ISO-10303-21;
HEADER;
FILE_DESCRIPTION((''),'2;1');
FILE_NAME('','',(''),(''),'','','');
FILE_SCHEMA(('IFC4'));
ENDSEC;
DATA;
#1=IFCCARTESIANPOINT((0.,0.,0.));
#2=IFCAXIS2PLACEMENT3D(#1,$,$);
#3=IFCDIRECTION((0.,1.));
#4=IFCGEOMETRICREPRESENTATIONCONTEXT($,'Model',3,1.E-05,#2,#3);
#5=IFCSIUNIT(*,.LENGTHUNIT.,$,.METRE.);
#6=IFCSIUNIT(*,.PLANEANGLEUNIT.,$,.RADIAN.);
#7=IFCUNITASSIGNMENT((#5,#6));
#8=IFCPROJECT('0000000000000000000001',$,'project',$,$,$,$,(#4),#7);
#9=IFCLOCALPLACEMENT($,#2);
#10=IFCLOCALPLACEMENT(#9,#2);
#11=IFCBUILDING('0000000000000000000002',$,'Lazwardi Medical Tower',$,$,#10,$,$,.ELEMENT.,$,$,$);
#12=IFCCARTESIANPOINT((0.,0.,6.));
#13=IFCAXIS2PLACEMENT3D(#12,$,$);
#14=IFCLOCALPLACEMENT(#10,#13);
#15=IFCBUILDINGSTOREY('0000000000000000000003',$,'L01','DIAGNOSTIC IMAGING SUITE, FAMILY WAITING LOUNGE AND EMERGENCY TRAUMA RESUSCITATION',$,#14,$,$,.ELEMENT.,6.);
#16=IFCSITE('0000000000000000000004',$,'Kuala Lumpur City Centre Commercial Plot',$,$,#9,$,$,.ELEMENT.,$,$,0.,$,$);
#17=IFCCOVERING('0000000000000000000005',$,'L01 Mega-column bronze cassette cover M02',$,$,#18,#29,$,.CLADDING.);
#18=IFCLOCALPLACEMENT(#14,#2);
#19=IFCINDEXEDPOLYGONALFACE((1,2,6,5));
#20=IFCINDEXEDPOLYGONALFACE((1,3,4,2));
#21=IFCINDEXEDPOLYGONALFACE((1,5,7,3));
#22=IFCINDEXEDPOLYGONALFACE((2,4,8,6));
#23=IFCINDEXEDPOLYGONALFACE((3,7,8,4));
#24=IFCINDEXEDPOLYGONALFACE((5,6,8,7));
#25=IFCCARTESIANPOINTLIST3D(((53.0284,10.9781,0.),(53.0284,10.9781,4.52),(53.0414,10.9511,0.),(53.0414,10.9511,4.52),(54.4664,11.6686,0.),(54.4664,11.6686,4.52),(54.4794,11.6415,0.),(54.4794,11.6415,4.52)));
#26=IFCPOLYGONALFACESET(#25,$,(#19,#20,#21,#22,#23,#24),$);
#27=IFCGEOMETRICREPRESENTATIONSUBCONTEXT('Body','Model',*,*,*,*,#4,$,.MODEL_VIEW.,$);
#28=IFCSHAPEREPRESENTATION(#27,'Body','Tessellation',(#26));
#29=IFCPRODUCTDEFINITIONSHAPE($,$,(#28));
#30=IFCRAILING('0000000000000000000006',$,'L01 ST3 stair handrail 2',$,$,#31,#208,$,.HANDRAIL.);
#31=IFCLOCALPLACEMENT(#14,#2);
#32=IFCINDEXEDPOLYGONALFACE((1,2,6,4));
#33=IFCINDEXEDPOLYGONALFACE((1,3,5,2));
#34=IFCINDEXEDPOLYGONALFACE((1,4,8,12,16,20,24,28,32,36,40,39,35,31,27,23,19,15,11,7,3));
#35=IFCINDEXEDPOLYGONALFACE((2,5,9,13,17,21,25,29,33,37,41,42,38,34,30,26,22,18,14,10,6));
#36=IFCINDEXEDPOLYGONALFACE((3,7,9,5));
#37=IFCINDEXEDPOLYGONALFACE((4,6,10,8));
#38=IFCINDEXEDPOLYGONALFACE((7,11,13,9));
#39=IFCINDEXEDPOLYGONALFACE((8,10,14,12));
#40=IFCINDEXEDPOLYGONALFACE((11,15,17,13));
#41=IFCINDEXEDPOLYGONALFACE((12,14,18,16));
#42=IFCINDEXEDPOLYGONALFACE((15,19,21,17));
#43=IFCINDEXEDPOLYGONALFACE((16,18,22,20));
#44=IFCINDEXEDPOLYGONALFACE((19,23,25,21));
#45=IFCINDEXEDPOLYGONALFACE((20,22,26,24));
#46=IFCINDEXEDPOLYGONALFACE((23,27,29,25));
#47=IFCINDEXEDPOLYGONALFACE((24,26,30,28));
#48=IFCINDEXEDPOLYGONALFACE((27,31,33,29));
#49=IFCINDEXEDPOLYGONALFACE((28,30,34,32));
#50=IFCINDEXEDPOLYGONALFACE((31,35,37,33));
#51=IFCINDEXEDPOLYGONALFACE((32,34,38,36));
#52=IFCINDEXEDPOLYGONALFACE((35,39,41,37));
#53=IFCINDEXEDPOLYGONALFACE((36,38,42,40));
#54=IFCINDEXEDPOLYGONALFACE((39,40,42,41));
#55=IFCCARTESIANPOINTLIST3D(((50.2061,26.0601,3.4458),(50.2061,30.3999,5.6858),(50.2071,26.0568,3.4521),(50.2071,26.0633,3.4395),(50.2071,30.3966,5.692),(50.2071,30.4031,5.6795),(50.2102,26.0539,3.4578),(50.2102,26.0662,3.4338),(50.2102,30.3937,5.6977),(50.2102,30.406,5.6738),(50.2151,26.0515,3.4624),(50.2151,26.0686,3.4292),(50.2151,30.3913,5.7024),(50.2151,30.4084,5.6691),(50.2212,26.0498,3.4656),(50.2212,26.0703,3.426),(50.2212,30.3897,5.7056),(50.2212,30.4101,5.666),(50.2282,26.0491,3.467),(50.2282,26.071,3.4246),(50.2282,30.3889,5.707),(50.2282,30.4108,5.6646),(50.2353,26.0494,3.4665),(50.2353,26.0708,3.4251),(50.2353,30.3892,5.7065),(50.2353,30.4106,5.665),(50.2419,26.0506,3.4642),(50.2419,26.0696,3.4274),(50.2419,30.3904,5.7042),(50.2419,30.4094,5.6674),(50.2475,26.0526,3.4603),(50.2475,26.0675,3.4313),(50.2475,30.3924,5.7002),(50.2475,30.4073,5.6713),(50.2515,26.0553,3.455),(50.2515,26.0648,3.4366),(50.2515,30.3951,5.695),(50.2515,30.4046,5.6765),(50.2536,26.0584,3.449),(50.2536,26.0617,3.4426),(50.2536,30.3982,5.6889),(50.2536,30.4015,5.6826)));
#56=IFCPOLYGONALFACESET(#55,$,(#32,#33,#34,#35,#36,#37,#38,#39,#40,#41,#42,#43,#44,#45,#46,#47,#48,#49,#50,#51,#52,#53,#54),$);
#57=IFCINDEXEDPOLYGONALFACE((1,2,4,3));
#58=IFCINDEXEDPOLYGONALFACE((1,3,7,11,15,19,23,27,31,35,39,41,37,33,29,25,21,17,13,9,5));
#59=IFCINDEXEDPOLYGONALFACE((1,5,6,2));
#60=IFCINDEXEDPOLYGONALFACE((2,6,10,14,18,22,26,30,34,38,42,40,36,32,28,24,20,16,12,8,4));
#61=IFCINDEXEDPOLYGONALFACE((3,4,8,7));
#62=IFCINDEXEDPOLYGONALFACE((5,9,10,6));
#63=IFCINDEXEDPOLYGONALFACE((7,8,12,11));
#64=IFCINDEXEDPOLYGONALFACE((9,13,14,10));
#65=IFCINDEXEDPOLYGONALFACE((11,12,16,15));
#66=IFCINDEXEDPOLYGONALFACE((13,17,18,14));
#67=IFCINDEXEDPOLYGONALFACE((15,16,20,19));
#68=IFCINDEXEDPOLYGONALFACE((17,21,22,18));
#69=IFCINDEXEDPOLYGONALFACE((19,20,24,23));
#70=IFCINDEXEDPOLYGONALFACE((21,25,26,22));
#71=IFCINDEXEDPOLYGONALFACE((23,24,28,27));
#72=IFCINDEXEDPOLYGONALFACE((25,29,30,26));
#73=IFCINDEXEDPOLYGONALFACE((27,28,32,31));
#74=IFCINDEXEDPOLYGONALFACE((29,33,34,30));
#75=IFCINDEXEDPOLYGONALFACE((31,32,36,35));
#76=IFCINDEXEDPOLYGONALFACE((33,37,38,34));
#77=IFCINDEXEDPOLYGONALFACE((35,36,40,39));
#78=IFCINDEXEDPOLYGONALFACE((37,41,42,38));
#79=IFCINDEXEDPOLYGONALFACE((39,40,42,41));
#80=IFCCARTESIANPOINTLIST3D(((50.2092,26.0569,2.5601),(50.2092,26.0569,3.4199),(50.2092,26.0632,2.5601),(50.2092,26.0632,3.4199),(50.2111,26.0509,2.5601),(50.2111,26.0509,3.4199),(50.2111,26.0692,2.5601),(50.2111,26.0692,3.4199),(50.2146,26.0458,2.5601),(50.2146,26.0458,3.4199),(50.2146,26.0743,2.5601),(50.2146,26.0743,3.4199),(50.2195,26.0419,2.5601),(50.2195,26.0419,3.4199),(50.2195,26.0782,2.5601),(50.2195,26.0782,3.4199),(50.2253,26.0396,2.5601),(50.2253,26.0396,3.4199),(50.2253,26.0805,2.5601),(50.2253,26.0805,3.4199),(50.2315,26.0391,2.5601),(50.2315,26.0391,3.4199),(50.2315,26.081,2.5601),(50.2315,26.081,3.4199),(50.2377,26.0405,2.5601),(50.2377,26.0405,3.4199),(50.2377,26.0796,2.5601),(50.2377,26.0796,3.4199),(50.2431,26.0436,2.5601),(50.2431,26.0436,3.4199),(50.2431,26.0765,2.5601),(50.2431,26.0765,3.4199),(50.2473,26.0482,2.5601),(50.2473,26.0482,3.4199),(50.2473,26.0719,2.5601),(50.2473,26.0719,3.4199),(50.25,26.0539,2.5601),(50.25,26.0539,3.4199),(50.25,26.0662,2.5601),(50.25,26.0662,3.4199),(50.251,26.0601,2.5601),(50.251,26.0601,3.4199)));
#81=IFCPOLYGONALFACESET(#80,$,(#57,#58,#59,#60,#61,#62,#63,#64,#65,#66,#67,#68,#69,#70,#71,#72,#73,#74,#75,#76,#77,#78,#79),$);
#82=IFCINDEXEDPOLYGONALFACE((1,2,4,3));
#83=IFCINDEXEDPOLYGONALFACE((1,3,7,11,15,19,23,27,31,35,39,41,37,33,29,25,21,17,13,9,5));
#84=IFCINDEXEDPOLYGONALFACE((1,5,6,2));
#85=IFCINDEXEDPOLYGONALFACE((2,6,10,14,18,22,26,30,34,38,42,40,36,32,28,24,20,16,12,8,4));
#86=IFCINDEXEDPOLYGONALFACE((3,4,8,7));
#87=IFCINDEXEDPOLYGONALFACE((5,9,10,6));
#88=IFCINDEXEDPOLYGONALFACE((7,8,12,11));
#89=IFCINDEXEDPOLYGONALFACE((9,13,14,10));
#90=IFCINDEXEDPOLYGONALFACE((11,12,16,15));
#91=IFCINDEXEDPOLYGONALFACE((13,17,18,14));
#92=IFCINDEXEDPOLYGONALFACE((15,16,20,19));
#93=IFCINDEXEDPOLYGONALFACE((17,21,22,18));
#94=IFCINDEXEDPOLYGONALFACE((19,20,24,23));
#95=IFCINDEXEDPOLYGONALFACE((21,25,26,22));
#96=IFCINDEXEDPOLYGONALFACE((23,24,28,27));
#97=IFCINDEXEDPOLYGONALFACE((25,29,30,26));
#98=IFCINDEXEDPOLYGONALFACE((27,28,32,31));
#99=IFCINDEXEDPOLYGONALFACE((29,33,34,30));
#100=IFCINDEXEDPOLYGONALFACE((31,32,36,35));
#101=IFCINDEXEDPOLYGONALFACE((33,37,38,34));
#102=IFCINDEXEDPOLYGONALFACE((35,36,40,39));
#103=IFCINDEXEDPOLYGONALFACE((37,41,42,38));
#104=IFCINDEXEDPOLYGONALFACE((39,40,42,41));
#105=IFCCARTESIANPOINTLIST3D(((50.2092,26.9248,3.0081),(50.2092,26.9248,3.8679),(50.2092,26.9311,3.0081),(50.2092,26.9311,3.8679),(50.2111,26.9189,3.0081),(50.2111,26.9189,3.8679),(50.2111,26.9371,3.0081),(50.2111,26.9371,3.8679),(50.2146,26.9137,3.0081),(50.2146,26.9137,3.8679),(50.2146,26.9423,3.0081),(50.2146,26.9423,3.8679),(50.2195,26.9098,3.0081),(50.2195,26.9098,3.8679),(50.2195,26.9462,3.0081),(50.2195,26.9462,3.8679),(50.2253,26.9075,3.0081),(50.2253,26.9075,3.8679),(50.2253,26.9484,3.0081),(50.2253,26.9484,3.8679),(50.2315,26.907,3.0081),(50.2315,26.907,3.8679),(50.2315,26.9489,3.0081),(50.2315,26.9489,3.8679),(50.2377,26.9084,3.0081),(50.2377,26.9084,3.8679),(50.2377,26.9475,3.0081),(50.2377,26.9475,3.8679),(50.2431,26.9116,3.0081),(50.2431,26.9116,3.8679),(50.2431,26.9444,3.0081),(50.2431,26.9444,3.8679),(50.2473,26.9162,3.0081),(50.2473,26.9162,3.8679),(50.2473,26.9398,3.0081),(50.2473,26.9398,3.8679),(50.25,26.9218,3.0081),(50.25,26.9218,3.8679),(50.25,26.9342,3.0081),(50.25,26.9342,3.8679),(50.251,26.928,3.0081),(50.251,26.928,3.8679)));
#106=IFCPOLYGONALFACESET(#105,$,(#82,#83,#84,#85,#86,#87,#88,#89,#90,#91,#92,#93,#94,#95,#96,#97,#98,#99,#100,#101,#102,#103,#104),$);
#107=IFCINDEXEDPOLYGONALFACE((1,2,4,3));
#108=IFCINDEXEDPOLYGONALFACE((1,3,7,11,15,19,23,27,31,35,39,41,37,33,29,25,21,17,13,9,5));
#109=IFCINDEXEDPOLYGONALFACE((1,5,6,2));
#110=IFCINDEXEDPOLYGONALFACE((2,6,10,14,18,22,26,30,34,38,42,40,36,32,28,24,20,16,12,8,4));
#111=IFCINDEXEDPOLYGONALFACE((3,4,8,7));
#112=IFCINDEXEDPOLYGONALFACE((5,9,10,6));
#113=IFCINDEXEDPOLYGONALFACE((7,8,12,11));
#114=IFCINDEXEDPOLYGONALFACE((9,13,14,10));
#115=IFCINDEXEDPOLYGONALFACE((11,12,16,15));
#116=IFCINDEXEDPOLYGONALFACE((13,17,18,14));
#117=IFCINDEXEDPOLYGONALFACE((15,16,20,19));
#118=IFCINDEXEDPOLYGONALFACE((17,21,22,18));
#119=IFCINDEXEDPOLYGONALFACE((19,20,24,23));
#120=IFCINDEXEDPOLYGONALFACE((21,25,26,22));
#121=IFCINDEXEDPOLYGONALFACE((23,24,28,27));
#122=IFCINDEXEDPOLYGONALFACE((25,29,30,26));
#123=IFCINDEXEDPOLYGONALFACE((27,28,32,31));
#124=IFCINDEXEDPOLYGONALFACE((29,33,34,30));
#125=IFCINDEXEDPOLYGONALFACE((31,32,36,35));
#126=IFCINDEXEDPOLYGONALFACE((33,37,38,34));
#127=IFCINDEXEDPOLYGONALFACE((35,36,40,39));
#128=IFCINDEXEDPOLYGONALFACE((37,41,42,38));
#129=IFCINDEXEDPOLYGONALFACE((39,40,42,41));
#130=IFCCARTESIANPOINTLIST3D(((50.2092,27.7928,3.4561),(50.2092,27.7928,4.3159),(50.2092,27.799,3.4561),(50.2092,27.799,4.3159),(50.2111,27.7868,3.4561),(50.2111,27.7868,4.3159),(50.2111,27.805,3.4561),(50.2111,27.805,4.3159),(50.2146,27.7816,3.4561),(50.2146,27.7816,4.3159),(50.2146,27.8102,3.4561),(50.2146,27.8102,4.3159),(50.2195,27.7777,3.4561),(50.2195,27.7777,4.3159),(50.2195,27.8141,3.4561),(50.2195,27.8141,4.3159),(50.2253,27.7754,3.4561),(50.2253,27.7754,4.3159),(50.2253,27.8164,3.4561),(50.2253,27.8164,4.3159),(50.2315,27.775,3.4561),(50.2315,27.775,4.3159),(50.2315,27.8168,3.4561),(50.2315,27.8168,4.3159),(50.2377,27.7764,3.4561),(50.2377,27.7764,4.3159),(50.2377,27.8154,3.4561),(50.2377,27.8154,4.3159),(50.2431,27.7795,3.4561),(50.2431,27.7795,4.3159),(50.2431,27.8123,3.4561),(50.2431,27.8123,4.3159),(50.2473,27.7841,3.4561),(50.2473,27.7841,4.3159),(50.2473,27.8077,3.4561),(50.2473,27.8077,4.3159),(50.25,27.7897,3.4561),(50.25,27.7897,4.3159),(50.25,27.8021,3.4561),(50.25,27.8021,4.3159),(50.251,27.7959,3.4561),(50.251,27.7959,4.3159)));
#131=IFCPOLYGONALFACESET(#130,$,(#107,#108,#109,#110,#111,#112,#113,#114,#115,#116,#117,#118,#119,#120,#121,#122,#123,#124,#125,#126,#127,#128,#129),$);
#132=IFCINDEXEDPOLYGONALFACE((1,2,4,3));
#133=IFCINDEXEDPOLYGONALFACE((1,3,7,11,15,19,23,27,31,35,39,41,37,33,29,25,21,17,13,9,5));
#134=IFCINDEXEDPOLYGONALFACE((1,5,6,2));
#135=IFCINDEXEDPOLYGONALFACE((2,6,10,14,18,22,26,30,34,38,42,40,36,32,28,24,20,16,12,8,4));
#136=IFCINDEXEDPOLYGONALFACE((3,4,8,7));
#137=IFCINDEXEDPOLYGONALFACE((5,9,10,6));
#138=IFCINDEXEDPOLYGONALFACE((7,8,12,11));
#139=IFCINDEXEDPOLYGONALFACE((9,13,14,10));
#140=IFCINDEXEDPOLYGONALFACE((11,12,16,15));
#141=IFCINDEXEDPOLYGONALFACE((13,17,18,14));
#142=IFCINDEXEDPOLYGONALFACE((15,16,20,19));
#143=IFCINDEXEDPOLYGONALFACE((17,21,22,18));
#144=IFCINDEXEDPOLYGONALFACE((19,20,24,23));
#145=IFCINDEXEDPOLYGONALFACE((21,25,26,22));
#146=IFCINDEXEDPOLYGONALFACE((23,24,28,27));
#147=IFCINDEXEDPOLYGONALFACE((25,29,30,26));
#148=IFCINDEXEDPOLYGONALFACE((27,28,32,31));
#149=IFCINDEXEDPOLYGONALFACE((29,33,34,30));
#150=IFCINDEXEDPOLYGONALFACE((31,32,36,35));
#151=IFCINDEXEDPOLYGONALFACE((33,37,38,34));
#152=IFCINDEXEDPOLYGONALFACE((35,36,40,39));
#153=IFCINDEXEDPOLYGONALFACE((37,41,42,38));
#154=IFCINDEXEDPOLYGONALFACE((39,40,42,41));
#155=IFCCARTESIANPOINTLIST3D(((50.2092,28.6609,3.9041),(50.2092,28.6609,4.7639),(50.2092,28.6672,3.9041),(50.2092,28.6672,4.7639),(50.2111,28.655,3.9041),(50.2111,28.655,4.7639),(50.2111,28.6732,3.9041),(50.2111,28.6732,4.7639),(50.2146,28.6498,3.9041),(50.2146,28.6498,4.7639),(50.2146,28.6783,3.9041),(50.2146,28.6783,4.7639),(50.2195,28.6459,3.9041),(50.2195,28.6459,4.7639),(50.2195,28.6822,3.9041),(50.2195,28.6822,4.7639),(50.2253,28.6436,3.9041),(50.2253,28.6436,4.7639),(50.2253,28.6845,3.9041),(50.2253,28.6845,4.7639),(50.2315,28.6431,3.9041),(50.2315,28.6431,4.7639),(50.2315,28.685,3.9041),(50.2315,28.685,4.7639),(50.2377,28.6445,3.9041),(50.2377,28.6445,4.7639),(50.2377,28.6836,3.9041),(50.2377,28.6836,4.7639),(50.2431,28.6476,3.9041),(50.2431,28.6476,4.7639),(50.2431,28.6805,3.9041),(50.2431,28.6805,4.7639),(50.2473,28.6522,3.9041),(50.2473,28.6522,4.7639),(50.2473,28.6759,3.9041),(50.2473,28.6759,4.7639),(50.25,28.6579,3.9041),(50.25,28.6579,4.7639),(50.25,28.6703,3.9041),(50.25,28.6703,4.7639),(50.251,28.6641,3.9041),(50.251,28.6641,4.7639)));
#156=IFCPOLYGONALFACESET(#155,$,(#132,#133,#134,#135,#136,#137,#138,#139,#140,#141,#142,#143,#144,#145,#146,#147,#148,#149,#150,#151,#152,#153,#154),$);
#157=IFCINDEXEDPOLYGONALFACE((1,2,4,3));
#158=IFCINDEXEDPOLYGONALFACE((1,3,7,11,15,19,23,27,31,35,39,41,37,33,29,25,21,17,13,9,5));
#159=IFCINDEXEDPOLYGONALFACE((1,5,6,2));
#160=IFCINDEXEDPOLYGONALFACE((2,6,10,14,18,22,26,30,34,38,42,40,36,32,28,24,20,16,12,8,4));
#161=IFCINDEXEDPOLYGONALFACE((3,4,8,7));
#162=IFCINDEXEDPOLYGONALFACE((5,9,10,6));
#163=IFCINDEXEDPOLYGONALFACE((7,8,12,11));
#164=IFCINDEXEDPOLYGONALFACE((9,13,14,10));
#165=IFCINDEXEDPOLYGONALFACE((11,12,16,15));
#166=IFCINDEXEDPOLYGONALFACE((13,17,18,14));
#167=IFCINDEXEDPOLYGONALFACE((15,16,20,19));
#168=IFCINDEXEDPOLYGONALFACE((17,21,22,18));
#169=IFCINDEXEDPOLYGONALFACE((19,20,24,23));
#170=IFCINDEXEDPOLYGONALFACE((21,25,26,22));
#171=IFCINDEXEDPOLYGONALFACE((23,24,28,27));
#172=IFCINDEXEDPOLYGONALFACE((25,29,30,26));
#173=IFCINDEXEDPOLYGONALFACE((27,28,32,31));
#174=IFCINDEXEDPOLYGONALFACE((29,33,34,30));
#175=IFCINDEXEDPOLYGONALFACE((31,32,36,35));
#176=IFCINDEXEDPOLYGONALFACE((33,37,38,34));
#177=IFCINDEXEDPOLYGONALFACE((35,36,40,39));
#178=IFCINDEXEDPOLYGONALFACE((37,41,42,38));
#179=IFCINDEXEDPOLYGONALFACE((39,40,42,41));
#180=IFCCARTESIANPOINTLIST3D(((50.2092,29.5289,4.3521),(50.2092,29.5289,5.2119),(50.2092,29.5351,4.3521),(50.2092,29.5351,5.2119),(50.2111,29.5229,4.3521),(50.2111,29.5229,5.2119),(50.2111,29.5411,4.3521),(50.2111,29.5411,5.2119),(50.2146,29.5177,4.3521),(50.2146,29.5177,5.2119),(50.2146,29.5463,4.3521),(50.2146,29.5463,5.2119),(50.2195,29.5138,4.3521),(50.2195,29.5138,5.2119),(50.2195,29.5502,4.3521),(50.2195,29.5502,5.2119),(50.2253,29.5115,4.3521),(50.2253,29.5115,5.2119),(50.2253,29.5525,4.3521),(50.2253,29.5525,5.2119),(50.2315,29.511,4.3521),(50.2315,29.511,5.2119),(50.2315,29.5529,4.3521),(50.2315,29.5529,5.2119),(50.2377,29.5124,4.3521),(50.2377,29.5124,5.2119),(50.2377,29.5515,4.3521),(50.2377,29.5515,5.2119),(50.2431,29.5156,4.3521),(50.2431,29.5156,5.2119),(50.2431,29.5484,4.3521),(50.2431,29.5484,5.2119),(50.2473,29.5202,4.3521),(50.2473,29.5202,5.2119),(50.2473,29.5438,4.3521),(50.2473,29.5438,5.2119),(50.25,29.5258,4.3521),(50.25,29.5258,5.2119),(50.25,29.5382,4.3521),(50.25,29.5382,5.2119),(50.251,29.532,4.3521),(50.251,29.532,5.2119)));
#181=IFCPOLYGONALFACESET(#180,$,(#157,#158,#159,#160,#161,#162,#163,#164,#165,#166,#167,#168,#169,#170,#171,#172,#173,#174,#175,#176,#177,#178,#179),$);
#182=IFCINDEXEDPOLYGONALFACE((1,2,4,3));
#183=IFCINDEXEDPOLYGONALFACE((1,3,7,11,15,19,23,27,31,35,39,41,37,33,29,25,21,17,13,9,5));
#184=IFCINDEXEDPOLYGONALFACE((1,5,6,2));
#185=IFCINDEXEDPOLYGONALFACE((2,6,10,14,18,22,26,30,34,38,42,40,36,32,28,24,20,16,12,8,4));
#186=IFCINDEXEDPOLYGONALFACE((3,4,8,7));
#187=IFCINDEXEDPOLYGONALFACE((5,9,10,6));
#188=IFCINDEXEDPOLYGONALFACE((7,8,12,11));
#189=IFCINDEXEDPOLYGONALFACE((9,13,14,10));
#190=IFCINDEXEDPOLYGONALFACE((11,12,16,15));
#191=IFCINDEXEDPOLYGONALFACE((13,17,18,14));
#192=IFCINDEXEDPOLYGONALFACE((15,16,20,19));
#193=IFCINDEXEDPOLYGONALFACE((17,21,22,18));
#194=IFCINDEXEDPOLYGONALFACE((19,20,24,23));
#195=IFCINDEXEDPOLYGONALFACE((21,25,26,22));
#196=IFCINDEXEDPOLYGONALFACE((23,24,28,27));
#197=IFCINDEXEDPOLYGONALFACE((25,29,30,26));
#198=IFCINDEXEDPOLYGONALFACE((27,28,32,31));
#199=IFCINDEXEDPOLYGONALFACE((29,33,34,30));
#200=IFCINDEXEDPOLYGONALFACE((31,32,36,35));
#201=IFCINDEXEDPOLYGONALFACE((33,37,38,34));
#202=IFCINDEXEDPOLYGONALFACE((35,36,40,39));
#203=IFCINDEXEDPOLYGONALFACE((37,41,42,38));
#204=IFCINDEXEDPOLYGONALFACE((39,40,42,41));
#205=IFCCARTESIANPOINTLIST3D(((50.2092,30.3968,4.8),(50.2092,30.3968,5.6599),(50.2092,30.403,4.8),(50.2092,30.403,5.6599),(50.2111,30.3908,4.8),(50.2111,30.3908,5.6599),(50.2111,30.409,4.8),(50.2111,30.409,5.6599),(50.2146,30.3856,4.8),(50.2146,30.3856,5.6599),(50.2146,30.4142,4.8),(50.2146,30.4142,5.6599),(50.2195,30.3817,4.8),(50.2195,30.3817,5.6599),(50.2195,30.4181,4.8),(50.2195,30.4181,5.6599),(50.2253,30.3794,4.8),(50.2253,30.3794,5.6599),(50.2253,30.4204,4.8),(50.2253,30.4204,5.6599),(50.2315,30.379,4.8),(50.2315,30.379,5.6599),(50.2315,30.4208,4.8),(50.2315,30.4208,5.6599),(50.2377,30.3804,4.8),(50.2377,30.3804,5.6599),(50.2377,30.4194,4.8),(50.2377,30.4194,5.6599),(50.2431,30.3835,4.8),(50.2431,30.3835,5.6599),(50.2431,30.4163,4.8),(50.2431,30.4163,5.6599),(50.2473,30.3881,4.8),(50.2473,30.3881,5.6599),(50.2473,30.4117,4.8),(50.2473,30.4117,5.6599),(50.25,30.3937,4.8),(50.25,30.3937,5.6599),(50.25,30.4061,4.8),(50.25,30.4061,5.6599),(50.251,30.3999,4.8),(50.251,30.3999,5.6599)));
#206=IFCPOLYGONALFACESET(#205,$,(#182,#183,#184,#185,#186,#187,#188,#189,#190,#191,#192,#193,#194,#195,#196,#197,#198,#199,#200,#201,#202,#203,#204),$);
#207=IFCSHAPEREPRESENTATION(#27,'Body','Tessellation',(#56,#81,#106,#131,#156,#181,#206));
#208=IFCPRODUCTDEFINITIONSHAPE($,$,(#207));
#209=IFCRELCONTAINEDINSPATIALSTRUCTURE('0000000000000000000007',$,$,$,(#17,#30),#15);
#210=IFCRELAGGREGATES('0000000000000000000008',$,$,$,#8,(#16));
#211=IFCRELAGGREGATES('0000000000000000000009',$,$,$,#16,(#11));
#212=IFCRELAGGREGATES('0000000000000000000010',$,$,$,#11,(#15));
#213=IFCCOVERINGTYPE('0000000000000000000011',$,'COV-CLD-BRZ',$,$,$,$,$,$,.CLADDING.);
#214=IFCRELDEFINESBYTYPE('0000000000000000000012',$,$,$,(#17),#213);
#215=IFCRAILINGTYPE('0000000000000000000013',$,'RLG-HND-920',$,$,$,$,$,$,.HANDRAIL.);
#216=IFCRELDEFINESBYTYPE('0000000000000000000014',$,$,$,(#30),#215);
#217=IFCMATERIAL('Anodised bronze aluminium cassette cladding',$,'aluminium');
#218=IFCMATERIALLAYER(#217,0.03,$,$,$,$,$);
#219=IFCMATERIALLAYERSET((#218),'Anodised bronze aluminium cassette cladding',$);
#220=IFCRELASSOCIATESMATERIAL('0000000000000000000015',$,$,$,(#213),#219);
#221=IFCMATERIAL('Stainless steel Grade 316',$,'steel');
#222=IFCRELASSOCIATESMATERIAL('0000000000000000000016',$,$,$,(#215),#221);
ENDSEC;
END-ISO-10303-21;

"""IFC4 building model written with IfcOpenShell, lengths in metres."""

from ifc_helpers import new_model, si_unit, direction, frame, origin, origin_2d, place, context, subcontext, project, spatial, rectangle, circle, extrude, material, layer, layer_set, type_object, element, save


model = new_model("IFC4")

# Units and contexts
model_context = context("Model", 3, precision=1e-05, world=origin(), true_north=direction((0.0, 1.0)))
body_context = subcontext(model_context, "Body", "Model", "MODEL_VIEW")
ifc_project = project(units=[si_unit("LENGTHUNIT", "METRE"), si_unit("PLANEANGLEUNIT", "RADIAN")], contexts=[model_context])

# Site, building, storey
site_placement = place(None, origin())
site = spatial("IfcSite", under=ifc_project, at=site_placement, Name="Kuala Lumpur City Centre Commercial Plot", CompositionType="ELEMENT", RefElevation=0.0)
building_placement = place(site_placement, origin())
building = spatial("IfcBuilding", under=site, at=building_placement, Name="Lazwardi Medical Tower", CompositionType="ELEMENT")
storey_placement = place(building_placement, frame((0.0, 0.0, 6.0)))
storey = spatial("IfcBuildingStorey", under=building, at=storey_placement, Name="L01", Description="DIAGNOSTIC IMAGING SUITE, FAMILY WAITING LOUNGE AND EMERGENCY TRAUMA RESUSCITATION", CompositionType="ELEMENT", Elevation=6.0)

# Covering
ifc_material_1 = material(Name="Anodised bronze aluminium cassette cladding", Category="aluminium")
ifc_layer_1 = layer(ifc_material_1, 0.03)
ifc_layer_set_1 = layer_set([ifc_layer_1], Name="Anodised bronze aluminium cassette cladding")
covering_type = type_object("IfcCoveringType", Name="COV-CLD-BRZ", PredefinedType="CLADDING", material=ifc_layer_set_1)
covering_placement = place(storey_placement, frame((53.7539, 11.3098, 0.0), z_axis=(0.0, 0.0, 1.0), x_axis=(0.901484, 0.432813, 0.0)))
element("IfcCovering", 1, at=covering_placement, inside=storey, type_object=covering_type, Name="L01 Mega-column bronze cassette cover M02", PredefinedType="CLADDING", context=body_context, shape_type="SweptSolid", body=[
    extrude(rectangle(XDim=1.5952, YDim=0.03, at=origin_2d()), origin(), (0.0, 0.0, 1.0), 4.52),
])

# Railing
ifc_material_2 = material(Name="Stainless steel Grade 316", Category="steel")
railing_type = type_object("IfcRailingType", Name="RLG-HND-920", PredefinedType="HANDRAIL", material=ifc_material_2)
railing_placement = place(storey_placement, frame((50.23, 26.0601, 2.5601)))
element("IfcRailing", 2, at=railing_placement, inside=storey, type_object=railing_type, Name="L01 ST3 stair handrail 2", PredefinedType="HANDRAIL", context=body_context, shape_type="SweptSolid", body=[
    extrude(circle(Radius=0.0239, at=origin_2d()), frame((0.0, 0.0, 0.8857), z_axis=(0.0, 0.888615, 0.458654), x_axis=(-1.0, 0.0, 0.0)), (0.0, 0.0, 1.0), 4.8838),
    extrude(circle(Radius=0.021, at=origin_2d()), origin(), (0.0, 0.0, 1.0), 0.8599),
    extrude(circle(Radius=0.021, at=origin_2d()), frame((0.0, 0.8679, 0.448)), (0.0, 0.0, 1.0), 0.8599),
    extrude(circle(Radius=0.021, at=origin_2d()), frame((0.0, 1.7358, 0.896)), (0.0, 0.0, 1.0), 0.8599),
    extrude(circle(Radius=0.021, at=origin_2d()), frame((0.0, 2.604, 1.344)), (0.0, 0.0, 1.0), 0.8599),
    extrude(circle(Radius=0.021, at=origin_2d()), frame((0.0, 3.4719, 1.792)), (0.0, 0.0, 1.0), 0.8599),
    extrude(circle(Radius=0.021, at=origin_2d()), frame((0.0, 4.3398, 2.24)), (0.0, 0.0, 1.0), 0.8599),
])

save(model, "model.ifc")
